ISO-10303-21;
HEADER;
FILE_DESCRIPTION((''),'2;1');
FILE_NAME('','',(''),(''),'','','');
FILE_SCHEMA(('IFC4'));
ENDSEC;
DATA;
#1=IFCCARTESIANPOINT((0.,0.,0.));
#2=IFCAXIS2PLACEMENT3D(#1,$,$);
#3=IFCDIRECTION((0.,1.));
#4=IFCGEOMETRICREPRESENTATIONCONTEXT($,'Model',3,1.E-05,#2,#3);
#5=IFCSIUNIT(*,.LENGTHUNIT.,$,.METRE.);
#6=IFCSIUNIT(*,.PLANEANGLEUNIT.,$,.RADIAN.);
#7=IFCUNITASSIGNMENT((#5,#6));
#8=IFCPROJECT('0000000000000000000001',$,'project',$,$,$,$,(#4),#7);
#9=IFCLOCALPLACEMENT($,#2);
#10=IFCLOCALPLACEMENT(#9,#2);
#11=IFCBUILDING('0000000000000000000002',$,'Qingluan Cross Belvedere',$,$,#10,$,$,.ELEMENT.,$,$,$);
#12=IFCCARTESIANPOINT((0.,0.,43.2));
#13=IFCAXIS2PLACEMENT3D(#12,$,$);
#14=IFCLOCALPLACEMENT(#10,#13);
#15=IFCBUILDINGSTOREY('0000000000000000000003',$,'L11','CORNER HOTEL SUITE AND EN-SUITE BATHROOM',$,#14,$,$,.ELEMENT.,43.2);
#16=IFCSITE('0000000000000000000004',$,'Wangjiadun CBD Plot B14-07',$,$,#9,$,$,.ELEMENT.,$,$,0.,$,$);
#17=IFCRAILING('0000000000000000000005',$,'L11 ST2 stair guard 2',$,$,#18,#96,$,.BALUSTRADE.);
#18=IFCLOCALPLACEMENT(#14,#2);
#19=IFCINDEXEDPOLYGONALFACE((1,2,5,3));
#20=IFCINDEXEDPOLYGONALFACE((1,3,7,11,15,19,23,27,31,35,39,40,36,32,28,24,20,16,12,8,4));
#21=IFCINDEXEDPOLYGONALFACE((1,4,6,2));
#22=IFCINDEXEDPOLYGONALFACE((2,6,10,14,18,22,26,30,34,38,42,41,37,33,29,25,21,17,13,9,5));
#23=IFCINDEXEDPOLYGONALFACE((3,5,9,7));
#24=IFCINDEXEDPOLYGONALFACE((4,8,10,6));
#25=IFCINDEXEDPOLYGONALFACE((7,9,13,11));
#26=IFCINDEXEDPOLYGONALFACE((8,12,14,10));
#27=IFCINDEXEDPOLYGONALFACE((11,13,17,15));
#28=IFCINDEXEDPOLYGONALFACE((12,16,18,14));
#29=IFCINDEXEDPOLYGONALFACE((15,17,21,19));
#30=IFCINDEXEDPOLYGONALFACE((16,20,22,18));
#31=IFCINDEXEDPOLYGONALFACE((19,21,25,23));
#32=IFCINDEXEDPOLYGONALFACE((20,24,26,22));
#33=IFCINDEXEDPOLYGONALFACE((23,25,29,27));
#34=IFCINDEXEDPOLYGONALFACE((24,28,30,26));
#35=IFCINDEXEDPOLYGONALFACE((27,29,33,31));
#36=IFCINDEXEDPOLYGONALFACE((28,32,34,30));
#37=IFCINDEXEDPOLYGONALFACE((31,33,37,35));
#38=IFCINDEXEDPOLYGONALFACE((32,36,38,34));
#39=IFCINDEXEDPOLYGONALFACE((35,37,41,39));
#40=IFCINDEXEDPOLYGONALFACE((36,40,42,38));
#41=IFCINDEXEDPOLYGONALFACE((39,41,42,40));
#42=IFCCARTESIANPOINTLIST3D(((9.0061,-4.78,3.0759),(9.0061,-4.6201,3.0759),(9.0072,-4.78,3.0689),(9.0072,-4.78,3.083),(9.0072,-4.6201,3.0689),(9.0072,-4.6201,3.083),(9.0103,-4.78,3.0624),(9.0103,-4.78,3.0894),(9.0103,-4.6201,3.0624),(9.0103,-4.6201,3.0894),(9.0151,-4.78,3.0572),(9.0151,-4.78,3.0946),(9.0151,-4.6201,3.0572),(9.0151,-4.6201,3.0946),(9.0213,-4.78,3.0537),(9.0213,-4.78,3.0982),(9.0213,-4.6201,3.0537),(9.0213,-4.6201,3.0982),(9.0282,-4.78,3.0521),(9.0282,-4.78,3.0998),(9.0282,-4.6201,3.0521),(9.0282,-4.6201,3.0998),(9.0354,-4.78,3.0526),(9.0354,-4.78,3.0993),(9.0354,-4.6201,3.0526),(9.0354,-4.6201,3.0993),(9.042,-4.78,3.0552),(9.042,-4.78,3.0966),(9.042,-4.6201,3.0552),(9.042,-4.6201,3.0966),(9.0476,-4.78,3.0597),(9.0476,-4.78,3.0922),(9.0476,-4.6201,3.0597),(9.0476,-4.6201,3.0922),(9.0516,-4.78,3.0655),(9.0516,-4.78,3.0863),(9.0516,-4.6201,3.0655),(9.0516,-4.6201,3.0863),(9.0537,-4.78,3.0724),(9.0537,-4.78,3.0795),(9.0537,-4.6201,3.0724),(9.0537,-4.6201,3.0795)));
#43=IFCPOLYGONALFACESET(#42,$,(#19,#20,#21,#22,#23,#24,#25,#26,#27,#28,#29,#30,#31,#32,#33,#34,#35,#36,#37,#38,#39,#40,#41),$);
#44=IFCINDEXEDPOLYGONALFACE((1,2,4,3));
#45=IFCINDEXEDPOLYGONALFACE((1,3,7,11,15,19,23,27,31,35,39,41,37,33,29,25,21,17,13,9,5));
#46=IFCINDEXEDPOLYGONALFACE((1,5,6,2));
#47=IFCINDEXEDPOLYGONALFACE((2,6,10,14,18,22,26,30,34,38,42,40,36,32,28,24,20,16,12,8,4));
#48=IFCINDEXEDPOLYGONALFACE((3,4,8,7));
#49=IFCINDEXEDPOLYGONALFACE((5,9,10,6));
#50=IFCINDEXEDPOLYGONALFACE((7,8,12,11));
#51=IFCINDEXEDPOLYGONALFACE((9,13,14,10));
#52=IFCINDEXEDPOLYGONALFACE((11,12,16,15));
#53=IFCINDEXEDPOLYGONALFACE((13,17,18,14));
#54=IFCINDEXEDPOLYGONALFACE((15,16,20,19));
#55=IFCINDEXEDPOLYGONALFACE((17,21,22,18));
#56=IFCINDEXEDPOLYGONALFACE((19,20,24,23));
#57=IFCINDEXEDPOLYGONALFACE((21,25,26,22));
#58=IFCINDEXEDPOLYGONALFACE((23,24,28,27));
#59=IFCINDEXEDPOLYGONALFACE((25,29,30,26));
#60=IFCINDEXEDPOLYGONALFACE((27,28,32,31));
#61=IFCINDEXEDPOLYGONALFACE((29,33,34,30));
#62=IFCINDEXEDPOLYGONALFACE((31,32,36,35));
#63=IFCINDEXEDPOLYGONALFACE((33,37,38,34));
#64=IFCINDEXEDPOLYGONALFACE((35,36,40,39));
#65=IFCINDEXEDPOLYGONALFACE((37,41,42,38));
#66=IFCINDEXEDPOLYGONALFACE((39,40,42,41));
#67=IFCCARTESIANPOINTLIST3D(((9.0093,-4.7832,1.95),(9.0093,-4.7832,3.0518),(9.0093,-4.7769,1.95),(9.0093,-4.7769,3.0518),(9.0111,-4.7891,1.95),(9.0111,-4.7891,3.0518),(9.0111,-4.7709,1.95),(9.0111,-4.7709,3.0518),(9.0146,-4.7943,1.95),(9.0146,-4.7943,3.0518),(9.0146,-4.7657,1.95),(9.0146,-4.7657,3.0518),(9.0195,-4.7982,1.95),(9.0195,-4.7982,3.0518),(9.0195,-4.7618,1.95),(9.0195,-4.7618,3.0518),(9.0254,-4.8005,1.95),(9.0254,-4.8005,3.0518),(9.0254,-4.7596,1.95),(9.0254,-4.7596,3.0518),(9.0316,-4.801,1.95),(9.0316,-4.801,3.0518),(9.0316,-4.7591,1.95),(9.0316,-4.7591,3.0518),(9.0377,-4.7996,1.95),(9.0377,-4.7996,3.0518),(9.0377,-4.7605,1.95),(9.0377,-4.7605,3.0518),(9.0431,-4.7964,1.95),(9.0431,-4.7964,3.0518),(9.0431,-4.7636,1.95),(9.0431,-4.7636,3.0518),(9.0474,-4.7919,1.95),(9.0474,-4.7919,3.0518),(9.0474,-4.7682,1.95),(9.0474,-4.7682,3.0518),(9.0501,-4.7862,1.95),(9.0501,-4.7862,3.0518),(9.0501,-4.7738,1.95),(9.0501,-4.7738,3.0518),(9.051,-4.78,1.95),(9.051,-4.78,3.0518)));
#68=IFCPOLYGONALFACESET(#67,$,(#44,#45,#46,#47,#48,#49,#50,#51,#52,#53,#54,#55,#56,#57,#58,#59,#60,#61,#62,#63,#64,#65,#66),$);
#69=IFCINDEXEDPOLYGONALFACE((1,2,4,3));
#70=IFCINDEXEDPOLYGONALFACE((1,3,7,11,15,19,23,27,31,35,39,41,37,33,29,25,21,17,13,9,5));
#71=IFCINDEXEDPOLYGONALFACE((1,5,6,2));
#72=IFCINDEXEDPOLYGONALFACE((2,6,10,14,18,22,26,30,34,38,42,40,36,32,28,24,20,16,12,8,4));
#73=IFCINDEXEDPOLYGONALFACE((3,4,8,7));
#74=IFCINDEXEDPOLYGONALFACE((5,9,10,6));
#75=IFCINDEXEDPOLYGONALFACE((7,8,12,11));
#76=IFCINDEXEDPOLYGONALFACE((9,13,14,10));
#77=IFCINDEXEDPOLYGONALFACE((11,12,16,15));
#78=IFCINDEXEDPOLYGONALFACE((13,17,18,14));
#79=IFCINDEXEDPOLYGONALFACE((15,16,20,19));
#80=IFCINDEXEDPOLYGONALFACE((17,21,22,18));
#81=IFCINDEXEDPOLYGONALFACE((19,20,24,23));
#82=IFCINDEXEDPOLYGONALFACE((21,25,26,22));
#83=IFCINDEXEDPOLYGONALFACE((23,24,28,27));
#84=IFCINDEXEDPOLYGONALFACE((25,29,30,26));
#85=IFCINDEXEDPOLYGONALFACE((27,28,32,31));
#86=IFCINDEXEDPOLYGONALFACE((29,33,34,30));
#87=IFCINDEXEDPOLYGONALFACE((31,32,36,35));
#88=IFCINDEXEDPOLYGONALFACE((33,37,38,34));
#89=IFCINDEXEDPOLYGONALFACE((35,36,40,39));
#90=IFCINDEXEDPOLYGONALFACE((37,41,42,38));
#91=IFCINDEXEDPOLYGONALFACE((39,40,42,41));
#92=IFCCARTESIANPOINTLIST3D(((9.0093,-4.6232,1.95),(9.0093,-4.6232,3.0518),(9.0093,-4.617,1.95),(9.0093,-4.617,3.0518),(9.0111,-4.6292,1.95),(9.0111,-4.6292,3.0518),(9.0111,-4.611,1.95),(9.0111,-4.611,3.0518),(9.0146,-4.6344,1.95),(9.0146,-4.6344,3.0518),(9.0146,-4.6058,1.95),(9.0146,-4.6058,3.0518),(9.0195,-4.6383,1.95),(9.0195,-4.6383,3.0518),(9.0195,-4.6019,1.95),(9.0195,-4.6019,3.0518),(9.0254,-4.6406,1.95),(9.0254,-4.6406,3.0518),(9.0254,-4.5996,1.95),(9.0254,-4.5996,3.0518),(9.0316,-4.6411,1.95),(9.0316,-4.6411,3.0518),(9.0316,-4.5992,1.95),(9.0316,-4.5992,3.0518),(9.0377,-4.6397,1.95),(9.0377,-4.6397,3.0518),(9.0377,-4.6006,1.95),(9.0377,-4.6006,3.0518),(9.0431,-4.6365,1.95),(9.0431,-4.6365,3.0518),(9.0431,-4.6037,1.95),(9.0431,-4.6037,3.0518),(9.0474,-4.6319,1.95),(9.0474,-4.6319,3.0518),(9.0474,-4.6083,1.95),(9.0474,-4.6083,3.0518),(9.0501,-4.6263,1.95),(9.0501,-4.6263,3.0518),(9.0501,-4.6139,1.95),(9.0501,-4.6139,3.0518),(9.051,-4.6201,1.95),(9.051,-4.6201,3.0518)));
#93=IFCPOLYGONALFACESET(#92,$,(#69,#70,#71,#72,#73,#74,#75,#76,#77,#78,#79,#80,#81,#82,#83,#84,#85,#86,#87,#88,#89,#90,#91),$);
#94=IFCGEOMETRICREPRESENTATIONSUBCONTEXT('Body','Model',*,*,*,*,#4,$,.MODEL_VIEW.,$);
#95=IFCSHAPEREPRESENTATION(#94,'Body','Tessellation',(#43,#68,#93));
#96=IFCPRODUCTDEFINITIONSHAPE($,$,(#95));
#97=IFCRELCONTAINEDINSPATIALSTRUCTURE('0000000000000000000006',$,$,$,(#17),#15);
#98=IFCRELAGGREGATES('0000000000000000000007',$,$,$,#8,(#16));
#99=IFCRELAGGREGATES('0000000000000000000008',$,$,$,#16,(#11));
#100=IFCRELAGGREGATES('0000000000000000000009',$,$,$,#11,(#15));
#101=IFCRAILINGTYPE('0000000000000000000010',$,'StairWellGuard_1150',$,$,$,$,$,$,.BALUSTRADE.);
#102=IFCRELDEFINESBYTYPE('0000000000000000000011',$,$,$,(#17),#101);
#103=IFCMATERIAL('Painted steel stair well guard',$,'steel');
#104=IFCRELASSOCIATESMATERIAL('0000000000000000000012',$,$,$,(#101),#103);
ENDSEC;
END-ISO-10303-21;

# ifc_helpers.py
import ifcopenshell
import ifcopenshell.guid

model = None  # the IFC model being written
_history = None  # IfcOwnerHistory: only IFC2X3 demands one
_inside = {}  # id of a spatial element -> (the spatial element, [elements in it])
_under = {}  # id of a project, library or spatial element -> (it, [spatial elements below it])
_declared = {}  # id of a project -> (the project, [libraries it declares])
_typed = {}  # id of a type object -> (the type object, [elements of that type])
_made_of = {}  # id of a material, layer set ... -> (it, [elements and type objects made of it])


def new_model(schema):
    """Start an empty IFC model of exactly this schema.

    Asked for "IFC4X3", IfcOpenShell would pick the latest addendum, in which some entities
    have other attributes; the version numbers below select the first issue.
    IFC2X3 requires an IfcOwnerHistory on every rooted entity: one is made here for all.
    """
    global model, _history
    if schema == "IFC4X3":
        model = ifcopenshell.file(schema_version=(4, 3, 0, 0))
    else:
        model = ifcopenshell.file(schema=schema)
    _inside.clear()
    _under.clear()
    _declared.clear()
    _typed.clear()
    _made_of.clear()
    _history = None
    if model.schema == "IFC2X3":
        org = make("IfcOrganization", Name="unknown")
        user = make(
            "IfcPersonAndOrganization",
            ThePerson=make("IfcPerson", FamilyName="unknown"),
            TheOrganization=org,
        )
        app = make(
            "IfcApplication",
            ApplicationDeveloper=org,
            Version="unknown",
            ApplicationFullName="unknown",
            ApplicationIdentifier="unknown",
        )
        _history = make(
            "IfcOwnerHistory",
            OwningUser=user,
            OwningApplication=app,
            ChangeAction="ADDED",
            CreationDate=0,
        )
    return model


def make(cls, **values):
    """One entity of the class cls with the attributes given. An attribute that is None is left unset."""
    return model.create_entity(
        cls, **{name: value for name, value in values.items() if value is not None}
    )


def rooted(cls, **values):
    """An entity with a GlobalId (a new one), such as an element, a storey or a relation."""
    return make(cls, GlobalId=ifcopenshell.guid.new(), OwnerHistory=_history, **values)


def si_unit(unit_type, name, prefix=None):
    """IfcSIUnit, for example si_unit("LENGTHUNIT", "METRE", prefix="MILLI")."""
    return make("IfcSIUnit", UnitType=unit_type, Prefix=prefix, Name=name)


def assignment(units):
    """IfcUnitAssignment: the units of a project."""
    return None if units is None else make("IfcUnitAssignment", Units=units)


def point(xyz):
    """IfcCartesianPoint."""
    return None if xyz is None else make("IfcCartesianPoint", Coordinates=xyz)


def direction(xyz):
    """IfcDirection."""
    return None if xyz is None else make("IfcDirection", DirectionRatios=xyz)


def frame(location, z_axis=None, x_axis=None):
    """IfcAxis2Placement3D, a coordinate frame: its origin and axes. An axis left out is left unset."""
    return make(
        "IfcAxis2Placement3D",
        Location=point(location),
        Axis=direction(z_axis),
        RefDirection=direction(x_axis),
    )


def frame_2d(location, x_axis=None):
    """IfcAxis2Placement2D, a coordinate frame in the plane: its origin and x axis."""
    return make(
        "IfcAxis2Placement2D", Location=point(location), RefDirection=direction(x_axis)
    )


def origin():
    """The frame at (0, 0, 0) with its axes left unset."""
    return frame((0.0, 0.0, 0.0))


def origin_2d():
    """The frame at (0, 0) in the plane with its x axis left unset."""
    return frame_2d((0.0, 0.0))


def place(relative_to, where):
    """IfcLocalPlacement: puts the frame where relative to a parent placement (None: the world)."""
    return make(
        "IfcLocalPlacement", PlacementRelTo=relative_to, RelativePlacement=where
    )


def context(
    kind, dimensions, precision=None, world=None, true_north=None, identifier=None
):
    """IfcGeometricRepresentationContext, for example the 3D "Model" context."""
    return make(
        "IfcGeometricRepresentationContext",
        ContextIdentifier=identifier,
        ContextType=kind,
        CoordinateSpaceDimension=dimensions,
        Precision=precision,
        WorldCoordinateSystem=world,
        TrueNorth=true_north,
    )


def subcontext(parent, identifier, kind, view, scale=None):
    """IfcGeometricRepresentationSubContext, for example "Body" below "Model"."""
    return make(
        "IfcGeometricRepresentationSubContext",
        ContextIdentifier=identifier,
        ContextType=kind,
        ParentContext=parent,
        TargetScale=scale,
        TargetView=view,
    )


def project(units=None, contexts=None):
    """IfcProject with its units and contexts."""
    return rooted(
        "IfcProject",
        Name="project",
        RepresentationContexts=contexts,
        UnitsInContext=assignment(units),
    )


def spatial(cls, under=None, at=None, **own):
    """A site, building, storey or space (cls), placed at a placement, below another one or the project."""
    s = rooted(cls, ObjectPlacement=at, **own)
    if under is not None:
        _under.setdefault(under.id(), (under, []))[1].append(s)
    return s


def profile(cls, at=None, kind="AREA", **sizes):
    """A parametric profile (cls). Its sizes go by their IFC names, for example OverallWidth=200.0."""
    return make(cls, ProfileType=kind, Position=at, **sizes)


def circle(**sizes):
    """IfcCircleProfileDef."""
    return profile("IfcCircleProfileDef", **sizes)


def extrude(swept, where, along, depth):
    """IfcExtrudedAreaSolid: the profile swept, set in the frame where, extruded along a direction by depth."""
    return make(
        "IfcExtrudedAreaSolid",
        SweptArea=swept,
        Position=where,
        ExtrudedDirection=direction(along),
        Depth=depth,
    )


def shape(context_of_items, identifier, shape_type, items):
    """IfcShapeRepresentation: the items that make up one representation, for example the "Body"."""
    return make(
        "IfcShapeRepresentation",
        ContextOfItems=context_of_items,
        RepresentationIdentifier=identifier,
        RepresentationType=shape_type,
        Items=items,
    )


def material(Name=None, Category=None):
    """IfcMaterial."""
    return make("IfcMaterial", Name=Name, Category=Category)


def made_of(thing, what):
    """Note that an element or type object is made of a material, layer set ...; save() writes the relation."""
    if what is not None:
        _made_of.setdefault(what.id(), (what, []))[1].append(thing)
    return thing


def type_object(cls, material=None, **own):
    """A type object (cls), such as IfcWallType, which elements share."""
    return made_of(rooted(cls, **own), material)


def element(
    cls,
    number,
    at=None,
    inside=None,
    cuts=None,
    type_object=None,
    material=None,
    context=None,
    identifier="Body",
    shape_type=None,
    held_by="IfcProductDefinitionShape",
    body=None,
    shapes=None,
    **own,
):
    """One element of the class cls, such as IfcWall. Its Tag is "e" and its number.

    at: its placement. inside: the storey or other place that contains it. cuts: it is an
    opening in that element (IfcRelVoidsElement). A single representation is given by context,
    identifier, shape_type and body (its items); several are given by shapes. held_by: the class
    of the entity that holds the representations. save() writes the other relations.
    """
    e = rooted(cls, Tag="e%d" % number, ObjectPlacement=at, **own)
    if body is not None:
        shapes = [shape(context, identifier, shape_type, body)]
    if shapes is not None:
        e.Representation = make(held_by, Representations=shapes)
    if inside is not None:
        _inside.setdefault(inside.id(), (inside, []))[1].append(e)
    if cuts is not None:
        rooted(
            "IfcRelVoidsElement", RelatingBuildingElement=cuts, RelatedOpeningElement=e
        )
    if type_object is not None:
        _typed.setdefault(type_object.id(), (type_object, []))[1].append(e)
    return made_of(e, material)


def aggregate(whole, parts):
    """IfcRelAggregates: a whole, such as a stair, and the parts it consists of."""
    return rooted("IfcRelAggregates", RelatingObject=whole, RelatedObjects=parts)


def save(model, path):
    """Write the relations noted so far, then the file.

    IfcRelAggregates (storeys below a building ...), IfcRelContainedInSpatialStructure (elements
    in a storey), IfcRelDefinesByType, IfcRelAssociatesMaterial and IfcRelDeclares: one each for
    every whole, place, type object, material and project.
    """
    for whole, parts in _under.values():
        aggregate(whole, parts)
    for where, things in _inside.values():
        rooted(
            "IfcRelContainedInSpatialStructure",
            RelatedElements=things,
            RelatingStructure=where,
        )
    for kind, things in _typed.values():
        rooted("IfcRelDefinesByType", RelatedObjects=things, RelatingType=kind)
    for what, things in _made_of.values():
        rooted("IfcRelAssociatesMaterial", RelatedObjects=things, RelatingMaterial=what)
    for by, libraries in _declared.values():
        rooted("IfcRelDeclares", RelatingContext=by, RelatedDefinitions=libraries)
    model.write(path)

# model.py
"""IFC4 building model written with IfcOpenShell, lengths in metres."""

from ifc_helpers import new_model, si_unit, direction, frame, origin, origin_2d, place, context, subcontext, project, spatial, circle, extrude, material, type_object, element, save


model = new_model("IFC4")

# Units and contexts
model_context = context("Model", 3, precision=1e-05, world=origin(), true_north=direction((0.0, 1.0)))
body_context = subcontext(model_context, "Body", "Model", "MODEL_VIEW")
ifc_project = project(units=[si_unit("LENGTHUNIT", "METRE"), si_unit("PLANEANGLEUNIT", "RADIAN")], contexts=[model_context])

# Site, building, storey
site_placement = place(None, origin())
site = spatial("IfcSite", under=ifc_project, at=site_placement, Name="Wangjiadun CBD Plot B14-07", CompositionType="ELEMENT", RefElevation=0.0)
building_placement = place(site_placement, origin())
building = spatial("IfcBuilding", under=site, at=building_placement, Name="Qingluan Cross Belvedere", CompositionType="ELEMENT")
storey_placement = place(building_placement, frame((0.0, 0.0, 43.2)))
storey = spatial("IfcBuildingStorey", under=building, at=storey_placement, Name="L11", Description="CORNER HOTEL SUITE AND EN-SUITE BATHROOM", CompositionType="ELEMENT", Elevation=43.2)

# Railing
ifc_material_1 = material(Name="Painted steel stair well guard", Category="steel")
railing_type_1 = type_object("IfcRailingType", Name="StairWellGuard_1150", PredefinedType="BALUSTRADE", material=ifc_material_1)
railing_1_placement = place(storey_placement, frame((9.03, -4.78, 1.95)))
element("IfcRailing", 1, at=railing_1_placement, inside=storey, type_object=railing_type_1, Name="L11 ST2 stair guard 2", PredefinedType="BALUSTRADE", context=body_context, shape_type="SweptSolid", body=[
    extrude(circle(Radius=0.0239, at=origin_2d()), frame((0.0, 0.0, 1.126), z_axis=(0.0, 1.0, 0.0), x_axis=(-1.0, 0.0, 0.0)), (0.0, 0.0, 1.0), 0.1599),
    extrude(circle(Radius=0.021, at=origin_2d()), origin(), (0.0, 0.0, 1.0), 1.1018),
    extrude(circle(Radius=0.021, at=origin_2d()), frame((0.0, 0.1599, 0.0)), (0.0, 0.0, 1.0), 1.1018),
])

save(model, "model.ifc")
